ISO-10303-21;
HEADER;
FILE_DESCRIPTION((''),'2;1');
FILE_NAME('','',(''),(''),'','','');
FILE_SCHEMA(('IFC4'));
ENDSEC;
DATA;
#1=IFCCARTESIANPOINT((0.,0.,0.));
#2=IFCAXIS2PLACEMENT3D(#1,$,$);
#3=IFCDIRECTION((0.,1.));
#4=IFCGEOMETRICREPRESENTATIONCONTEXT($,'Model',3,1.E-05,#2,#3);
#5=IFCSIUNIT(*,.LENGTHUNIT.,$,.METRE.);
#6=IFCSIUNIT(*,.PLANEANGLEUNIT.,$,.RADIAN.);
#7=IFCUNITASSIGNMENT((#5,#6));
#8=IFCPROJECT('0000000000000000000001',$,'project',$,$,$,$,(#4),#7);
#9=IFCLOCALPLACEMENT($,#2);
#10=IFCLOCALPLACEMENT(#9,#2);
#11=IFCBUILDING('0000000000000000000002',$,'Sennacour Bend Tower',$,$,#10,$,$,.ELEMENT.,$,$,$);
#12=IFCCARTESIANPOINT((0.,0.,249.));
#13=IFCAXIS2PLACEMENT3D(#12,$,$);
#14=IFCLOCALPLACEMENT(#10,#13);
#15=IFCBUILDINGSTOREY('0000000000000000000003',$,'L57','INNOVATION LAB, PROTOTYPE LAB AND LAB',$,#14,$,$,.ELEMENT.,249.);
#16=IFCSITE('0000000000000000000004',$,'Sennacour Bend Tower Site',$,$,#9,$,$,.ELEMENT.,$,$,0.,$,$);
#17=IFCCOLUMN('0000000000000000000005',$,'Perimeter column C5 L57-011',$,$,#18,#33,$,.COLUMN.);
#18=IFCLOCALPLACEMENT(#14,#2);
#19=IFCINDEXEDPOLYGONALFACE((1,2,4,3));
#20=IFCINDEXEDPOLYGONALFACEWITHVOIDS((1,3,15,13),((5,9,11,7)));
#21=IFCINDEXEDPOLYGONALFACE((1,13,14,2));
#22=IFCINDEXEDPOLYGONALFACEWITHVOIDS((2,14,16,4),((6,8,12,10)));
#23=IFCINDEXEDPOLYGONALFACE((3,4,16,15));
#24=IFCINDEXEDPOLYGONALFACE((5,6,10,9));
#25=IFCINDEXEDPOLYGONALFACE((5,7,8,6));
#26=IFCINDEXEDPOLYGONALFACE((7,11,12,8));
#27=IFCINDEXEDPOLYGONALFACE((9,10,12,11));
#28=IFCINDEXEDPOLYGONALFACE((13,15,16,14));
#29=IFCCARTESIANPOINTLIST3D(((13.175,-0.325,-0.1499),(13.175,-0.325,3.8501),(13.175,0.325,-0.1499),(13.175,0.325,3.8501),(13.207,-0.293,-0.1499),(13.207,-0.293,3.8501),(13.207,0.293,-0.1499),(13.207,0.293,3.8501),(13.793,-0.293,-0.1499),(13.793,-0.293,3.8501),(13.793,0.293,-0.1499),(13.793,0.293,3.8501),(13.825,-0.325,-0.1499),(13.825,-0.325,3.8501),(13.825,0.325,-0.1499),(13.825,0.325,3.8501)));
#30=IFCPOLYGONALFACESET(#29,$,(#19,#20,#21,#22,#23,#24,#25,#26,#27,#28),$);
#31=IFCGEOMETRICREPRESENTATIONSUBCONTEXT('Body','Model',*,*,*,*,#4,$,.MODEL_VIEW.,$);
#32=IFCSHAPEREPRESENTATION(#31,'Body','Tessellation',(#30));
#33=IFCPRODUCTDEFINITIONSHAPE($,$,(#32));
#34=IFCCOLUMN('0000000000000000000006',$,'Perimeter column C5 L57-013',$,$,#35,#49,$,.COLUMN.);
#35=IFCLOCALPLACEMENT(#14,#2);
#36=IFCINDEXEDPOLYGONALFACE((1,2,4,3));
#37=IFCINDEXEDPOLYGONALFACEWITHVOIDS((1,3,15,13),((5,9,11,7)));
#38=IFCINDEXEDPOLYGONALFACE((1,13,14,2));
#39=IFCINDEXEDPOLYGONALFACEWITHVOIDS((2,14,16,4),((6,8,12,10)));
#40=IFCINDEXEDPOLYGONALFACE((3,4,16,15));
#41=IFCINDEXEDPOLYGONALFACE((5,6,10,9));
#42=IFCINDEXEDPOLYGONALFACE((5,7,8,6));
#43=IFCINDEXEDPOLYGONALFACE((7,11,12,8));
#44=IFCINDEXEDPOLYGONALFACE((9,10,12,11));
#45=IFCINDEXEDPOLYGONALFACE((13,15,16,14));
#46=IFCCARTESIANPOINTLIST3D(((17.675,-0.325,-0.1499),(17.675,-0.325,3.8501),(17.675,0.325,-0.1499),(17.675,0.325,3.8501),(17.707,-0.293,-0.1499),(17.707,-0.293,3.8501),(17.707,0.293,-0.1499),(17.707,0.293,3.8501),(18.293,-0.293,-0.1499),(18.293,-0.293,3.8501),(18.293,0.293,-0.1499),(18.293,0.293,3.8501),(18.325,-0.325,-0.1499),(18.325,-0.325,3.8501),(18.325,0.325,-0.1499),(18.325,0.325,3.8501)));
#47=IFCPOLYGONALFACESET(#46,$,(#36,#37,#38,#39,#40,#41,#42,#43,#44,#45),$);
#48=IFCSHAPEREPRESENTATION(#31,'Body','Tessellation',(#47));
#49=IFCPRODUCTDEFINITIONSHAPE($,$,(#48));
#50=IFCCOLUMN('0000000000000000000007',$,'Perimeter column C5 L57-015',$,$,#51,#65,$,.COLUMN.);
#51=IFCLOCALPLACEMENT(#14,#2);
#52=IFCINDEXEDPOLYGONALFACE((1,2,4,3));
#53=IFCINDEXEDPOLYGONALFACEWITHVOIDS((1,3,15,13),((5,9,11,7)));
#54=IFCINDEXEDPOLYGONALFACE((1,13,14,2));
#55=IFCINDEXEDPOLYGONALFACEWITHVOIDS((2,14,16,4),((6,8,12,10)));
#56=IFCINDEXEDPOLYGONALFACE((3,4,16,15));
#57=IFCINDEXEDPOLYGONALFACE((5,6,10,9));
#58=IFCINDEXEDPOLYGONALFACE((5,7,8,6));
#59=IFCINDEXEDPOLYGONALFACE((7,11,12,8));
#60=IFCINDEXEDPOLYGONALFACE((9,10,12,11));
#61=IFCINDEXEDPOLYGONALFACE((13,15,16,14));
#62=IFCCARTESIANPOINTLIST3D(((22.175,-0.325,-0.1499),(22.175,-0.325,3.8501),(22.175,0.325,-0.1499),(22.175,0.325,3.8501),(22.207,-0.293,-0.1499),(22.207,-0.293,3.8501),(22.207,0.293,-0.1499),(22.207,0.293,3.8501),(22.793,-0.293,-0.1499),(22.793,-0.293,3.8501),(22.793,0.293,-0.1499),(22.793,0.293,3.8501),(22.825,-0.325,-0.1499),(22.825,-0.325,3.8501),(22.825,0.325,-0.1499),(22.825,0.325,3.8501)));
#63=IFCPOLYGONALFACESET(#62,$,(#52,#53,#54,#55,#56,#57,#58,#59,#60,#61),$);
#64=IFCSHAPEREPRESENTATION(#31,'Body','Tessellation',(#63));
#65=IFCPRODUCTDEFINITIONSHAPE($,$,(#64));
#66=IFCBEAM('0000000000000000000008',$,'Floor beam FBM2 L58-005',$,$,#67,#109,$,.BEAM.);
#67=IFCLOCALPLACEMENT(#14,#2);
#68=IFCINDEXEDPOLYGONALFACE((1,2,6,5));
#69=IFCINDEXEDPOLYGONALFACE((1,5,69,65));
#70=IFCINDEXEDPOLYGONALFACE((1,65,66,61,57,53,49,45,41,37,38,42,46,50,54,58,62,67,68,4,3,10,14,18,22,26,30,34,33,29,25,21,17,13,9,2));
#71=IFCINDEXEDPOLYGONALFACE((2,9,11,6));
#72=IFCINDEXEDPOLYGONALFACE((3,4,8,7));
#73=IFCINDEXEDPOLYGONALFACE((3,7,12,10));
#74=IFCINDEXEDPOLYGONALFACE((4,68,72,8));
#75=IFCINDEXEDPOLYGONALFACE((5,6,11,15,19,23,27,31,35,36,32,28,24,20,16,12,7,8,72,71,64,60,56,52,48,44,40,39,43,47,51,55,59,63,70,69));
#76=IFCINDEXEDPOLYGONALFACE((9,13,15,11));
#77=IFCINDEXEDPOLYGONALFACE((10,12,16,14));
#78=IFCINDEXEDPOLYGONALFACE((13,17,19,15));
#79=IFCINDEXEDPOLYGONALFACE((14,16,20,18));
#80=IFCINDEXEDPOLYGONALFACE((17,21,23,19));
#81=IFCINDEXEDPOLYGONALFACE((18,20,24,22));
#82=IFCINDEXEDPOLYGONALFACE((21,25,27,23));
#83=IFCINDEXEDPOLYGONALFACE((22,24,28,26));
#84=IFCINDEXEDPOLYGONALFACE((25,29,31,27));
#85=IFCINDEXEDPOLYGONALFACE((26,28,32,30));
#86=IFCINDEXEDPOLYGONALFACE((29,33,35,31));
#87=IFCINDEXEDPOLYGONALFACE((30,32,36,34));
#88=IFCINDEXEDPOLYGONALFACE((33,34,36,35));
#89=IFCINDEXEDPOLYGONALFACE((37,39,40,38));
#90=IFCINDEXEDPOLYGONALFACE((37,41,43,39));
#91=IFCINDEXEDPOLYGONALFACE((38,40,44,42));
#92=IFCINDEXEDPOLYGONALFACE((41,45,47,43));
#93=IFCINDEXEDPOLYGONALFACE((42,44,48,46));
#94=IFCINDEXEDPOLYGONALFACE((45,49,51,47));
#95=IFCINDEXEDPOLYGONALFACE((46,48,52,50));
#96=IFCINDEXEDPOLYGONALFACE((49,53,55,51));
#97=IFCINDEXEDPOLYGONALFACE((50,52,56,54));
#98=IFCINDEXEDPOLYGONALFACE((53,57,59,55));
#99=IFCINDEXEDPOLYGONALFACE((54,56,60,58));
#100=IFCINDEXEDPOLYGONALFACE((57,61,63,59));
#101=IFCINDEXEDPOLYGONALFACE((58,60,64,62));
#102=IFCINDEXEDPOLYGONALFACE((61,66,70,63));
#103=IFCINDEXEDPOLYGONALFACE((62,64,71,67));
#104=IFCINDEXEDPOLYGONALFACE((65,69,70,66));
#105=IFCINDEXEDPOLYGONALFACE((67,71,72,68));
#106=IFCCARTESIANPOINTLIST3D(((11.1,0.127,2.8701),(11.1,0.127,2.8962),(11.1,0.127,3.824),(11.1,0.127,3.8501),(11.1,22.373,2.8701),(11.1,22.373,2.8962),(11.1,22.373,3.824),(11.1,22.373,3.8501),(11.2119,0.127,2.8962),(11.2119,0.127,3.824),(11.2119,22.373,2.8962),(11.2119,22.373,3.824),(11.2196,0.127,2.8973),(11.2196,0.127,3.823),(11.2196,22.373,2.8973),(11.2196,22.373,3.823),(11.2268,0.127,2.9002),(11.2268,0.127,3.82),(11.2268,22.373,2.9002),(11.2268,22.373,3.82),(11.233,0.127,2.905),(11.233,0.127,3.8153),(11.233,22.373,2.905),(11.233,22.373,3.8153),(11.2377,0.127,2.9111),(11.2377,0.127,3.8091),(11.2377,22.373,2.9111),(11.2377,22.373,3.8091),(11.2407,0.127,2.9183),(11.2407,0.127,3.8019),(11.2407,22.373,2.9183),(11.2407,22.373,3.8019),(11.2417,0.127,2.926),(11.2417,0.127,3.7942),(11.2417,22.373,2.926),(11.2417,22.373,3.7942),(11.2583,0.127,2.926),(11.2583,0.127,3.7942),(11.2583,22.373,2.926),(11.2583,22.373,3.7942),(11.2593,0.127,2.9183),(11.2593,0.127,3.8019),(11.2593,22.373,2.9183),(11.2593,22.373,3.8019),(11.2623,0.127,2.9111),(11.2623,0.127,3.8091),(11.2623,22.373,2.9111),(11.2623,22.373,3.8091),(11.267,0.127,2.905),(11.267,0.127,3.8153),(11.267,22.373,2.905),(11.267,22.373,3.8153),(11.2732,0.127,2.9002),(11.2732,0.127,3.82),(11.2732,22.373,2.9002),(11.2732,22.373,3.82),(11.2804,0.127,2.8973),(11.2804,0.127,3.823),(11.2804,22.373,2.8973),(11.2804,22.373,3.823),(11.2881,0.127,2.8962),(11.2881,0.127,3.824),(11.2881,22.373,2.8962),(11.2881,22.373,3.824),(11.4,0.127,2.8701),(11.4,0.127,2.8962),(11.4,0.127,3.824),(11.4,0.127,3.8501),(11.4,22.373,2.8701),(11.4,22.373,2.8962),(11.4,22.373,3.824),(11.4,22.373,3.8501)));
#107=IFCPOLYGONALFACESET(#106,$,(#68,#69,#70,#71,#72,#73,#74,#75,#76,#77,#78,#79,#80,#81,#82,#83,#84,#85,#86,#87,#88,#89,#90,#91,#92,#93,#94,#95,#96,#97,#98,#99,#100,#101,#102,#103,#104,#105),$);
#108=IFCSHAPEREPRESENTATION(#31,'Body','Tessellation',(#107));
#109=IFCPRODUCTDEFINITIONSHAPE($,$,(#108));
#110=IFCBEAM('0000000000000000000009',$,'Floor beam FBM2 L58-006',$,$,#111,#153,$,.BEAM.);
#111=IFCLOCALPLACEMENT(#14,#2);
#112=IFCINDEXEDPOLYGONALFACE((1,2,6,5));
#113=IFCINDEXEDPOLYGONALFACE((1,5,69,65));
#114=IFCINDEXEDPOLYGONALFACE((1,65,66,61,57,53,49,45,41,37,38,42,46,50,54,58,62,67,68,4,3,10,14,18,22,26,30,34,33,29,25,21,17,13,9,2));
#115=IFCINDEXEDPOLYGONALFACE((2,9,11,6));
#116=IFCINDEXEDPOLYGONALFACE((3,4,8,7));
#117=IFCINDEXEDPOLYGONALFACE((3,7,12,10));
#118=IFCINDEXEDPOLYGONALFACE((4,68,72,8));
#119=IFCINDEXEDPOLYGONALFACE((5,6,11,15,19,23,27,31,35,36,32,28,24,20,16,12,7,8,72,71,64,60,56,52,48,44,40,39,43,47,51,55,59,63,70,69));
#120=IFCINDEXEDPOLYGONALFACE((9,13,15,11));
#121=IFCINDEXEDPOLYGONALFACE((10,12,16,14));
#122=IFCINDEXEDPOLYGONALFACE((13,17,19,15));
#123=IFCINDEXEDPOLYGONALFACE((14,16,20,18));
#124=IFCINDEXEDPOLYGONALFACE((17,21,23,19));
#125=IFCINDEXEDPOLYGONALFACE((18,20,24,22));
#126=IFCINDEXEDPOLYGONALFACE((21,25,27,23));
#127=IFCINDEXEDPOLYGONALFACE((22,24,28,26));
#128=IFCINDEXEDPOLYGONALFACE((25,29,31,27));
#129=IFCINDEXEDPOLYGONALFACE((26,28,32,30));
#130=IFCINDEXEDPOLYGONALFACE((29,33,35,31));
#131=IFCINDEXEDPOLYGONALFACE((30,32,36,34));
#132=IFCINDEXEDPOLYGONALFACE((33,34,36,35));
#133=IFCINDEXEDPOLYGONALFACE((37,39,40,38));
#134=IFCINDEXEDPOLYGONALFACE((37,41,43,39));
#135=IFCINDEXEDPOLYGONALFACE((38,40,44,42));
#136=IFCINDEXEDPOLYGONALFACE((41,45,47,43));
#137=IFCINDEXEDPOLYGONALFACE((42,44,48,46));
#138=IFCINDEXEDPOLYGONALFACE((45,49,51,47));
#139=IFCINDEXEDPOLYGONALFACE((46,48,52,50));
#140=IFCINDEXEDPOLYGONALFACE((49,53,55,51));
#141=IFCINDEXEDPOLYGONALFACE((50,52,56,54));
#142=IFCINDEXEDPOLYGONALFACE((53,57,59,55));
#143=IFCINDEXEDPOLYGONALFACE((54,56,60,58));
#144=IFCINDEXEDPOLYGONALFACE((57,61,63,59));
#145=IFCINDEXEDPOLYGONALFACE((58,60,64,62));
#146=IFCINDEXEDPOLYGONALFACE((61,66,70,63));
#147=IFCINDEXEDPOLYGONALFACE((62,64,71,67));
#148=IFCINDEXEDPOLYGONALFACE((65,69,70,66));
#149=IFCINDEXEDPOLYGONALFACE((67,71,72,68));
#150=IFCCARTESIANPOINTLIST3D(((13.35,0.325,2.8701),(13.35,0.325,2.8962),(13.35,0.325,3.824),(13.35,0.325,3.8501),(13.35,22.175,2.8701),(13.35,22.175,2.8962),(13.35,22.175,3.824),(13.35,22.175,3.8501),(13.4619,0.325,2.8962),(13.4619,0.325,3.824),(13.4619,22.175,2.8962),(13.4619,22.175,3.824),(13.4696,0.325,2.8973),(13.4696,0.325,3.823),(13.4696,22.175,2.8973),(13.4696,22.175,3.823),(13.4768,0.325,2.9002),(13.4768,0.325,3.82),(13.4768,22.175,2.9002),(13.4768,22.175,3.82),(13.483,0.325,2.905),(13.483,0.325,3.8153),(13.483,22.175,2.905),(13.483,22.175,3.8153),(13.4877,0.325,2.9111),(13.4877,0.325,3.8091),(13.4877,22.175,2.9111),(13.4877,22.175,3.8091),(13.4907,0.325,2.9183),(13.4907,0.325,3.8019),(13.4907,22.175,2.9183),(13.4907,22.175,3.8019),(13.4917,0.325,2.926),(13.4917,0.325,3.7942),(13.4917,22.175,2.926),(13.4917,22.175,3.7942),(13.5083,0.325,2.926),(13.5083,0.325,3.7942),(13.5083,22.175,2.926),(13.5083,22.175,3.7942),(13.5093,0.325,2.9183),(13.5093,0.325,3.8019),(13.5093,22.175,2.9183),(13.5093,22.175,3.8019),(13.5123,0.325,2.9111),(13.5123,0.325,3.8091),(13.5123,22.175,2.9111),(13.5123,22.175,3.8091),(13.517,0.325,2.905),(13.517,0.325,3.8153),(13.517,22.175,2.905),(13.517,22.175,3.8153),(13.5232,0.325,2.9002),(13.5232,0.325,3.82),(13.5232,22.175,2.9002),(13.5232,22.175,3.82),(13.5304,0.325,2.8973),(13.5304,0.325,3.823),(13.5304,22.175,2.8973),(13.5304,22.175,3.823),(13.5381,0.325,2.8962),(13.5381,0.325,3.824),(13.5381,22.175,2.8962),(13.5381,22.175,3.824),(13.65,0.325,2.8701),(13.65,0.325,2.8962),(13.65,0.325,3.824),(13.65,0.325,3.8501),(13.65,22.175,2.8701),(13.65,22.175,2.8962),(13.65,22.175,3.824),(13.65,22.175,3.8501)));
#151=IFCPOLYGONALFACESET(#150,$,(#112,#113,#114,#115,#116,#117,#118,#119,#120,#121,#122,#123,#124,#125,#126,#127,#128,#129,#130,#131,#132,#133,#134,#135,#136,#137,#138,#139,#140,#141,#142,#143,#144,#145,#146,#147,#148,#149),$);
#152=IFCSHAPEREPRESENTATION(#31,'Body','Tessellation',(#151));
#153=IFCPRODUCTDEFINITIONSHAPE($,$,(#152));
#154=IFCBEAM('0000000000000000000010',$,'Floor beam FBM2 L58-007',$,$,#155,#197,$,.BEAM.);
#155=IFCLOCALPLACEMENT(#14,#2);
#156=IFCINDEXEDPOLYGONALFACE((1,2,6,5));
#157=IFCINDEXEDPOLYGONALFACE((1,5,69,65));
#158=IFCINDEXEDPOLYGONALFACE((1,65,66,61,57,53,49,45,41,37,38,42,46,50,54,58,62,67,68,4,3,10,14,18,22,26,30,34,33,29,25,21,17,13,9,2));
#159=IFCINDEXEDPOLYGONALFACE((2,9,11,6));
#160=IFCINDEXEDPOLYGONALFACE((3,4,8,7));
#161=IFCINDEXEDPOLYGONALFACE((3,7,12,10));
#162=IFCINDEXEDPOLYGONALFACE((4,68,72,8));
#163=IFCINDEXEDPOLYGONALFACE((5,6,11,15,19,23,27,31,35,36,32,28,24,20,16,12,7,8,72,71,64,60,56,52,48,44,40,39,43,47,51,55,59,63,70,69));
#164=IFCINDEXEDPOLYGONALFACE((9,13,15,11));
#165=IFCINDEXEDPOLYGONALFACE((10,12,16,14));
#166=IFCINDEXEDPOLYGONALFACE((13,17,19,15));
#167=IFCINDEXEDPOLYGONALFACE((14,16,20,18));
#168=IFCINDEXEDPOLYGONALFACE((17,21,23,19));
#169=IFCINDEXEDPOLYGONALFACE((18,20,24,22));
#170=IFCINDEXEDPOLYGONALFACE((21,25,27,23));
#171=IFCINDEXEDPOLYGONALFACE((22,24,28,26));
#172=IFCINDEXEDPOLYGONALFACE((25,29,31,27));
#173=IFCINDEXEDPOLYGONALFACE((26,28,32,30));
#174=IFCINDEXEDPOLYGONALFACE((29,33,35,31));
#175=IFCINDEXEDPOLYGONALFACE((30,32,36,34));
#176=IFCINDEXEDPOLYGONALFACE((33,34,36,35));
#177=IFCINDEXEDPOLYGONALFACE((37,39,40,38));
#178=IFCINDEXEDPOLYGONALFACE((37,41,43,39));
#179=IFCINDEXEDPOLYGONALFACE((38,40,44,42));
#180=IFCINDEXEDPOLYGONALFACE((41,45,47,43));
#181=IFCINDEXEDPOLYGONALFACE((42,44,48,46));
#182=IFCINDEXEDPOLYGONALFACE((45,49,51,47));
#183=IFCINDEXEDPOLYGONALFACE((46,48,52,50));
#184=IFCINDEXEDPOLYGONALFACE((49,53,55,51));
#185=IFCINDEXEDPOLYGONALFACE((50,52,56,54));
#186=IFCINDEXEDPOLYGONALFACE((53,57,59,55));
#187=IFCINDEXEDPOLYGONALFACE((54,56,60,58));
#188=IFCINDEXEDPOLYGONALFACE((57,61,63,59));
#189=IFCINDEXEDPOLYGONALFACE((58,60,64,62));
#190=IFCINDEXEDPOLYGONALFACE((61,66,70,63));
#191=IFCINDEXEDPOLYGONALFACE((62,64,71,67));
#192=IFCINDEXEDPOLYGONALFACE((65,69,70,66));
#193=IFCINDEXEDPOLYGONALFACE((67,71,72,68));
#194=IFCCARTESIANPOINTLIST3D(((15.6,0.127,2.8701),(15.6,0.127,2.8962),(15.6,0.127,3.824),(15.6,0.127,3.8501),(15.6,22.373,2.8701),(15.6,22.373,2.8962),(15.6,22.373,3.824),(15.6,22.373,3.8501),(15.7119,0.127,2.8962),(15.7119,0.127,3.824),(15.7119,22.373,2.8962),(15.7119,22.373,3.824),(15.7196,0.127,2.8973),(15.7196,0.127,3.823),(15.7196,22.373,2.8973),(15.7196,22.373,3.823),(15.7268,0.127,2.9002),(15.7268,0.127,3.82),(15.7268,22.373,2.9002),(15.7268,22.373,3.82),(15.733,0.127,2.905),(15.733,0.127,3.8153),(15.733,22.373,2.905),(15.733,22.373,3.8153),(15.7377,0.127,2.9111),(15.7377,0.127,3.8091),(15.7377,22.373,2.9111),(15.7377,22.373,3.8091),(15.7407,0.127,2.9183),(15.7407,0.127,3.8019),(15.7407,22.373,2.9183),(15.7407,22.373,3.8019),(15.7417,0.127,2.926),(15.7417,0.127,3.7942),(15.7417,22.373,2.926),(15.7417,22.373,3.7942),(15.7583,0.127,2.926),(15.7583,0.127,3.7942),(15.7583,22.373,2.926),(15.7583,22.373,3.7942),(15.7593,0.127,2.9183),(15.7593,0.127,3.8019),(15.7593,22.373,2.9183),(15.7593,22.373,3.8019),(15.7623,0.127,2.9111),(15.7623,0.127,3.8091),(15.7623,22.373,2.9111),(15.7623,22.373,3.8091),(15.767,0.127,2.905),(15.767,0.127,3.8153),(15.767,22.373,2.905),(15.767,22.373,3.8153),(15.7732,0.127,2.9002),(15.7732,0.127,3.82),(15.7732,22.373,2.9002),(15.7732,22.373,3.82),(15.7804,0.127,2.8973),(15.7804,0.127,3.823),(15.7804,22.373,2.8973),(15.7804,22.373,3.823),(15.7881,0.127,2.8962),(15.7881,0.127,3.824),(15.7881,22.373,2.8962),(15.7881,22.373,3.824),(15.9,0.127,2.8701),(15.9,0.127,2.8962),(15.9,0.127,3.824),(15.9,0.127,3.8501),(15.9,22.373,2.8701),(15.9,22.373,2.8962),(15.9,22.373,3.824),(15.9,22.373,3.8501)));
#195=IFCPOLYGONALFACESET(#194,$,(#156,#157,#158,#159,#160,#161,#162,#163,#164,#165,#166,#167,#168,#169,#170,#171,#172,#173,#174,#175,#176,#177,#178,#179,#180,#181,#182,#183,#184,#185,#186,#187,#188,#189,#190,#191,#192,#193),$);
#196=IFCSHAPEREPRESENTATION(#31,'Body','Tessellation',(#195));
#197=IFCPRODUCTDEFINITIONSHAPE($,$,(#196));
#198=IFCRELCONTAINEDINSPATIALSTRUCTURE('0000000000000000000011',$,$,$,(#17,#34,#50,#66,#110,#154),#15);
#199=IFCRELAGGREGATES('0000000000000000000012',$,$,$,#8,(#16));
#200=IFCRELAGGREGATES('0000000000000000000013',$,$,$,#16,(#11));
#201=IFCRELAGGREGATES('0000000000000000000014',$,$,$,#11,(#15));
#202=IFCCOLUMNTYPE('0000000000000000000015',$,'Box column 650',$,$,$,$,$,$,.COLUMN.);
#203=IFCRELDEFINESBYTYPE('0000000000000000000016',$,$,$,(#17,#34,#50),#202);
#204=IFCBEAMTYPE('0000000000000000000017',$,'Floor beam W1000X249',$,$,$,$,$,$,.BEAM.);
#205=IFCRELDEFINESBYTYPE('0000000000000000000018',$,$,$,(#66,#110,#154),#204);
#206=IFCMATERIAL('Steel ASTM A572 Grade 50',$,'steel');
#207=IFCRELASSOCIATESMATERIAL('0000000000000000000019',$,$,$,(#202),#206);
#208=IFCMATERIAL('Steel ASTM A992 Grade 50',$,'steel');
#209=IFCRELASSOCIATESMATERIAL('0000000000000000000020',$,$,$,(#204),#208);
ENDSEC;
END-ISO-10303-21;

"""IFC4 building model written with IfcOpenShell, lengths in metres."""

from ifc_helpers import new_model, si_unit, direction, frame, origin, origin_2d, place, context, subcontext, project, spatial, hollow_rectangle, i_section, extrude, material, material_profile, profile_set, type_object, element, save


model = new_model("IFC4")

# Units and contexts
model_context = context("Model", 3, precision=1e-05, world=origin(), true_north=direction((0.0, 1.0)))
body_context = subcontext(model_context, "Body", "Model", "MODEL_VIEW")
ifc_project = project(units=[si_unit("LENGTHUNIT", "METRE"), si_unit("PLANEANGLEUNIT", "RADIAN")], contexts=[model_context])

# Site, building, storey
site_placement = place(None, origin())
site = spatial("IfcSite", under=ifc_project, at=site_placement, Name="Sennacour Bend Tower Site", CompositionType="ELEMENT", RefElevation=0.0)
building_placement = place(site_placement, origin())
building = spatial("IfcBuilding", under=site, at=building_placement, Name="Sennacour Bend Tower", CompositionType="ELEMENT")
storey_placement = place(building_placement, frame((0.0, 0.0, 249.0)))
storey = spatial("IfcBuildingStorey", under=building, at=storey_placement, Name="L57", Description="INNOVATION LAB, PROTOTYPE LAB AND LAB", CompositionType="ELEMENT", Elevation=249.0)

# Columns
ifc_material_1 = material(Name="Steel ASTM A572 Grade 50", Category="steel")
ifc_material_profile_1 = material_profile(ifc_material_1, hollow_rectangle(XDim=0.6499, YDim=0.6499, WallThickness=0.032, at=origin_2d()), Name="Steel ASTM A572 Grade 50", Category="steel")
ifc_profile_set_1 = profile_set([ifc_material_profile_1], Name="Steel ASTM A572 Grade 50")
column_type = type_object("IfcColumnType", Name="Box column 650", PredefinedType="COLUMN", material=ifc_profile_set_1)
for number, where, z_axis, x_axis, name in (
    (1, (13.5, 0.0, -0.1499), (0.0, 0.0, 1.0), (1.0, 0.0, 0.0), "Perimeter column C5 L57-011"),
    (2, (18.0, 0.0, -0.1499), (0.0, 0.0, 1.0), (1.0, 0.0, 0.0), "Perimeter column C5 L57-013"),
    (3, (22.5, 0.0, -0.1499), (0.0, 0.0, 1.0), (1.0, 0.0, 0.0), "Perimeter column C5 L57-015"),
):
    element("IfcColumn", number, at=place(storey_placement, frame(where, z_axis=z_axis, x_axis=x_axis)), inside=storey, type_object=column_type, Name=name, PredefinedType="COLUMN", context=body_context, shape_type="SweptSolid", body=[
        extrude(hollow_rectangle(XDim=0.6499, YDim=0.6499, WallThickness=0.032, at=origin_2d()), origin(), (0.0, 0.0, 1.0), 4.0),
    ])

# Beams
ifc_material_2 = material(Name="Steel ASTM A992 Grade 50", Category="steel")
ifc_material_profile_2 = material_profile(ifc_material_2, i_section(OverallWidth=0.3, OverallDepth=0.98, WebThickness=0.0166, FlangeThickness=0.0261, FilletRadius=0.0298, at=origin_2d()), Name="Steel ASTM A992 Grade 50", Category="steel")
ifc_profile_set_2 = profile_set([ifc_material_profile_2], Name="Steel ASTM A992 Grade 50")
beam_type_1 = type_object("IfcBeamType", Name="Floor beam W1000X249", PredefinedType="BEAM", material=ifc_profile_set_2)
beam_1_placement = place(storey_placement, frame((11.25, 0.127, 3.3601), z_axis=(0.0, 1.0, 0.0), x_axis=(-1.0, 0.0, 0.0)))
element("IfcBeam", 4, at=beam_1_placement, inside=storey, type_object=beam_type_1, Name="Floor beam FBM2 L58-005", PredefinedType="BEAM", context=body_context, shape_type="SweptSolid", body=[
    extrude(i_section(OverallWidth=0.3, OverallDepth=0.98, WebThickness=0.0166, FlangeThickness=0.0261, FilletRadius=0.0298, at=origin_2d()), origin(), (0.0, 0.0, 1.0), 22.2461),
])
beam_2_placement = place(storey_placement, frame((13.5, 0.325, 3.3601), z_axis=(0.0, 1.0, 0.0), x_axis=(-1.0, 0.0, 0.0)))
element("IfcBeam", 5, at=beam_2_placement, inside=storey, type_object=beam_type_1, Name="Floor beam FBM2 L58-006", PredefinedType="BEAM", context=body_context, shape_type="SweptSolid", body=[
    extrude(i_section(OverallWidth=0.3, OverallDepth=0.98, WebThickness=0.0166, FlangeThickness=0.0261, FilletRadius=0.0298, at=origin_2d()), origin(), (0.0, 0.0, 1.0), 21.8501),
])
beam_3_placement = place(storey_placement, frame((15.75, 0.127, 3.3601), z_axis=(0.0, 1.0, 0.0), x_axis=(-1.0, 0.0, 0.0)))
element("IfcBeam", 6, at=beam_3_placement, inside=storey, type_object=beam_type_1, Name="Floor beam FBM2 L58-007", PredefinedType="BEAM", context=body_context, shape_type="SweptSolid", body=[
    extrude(i_section(OverallWidth=0.3, OverallDepth=0.98, WebThickness=0.0166, FlangeThickness=0.0261, FilletRadius=0.0298, at=origin_2d()), origin(), (0.0, 0.0, 1.0), 22.2461),
])

save(model, "model.ifc")
